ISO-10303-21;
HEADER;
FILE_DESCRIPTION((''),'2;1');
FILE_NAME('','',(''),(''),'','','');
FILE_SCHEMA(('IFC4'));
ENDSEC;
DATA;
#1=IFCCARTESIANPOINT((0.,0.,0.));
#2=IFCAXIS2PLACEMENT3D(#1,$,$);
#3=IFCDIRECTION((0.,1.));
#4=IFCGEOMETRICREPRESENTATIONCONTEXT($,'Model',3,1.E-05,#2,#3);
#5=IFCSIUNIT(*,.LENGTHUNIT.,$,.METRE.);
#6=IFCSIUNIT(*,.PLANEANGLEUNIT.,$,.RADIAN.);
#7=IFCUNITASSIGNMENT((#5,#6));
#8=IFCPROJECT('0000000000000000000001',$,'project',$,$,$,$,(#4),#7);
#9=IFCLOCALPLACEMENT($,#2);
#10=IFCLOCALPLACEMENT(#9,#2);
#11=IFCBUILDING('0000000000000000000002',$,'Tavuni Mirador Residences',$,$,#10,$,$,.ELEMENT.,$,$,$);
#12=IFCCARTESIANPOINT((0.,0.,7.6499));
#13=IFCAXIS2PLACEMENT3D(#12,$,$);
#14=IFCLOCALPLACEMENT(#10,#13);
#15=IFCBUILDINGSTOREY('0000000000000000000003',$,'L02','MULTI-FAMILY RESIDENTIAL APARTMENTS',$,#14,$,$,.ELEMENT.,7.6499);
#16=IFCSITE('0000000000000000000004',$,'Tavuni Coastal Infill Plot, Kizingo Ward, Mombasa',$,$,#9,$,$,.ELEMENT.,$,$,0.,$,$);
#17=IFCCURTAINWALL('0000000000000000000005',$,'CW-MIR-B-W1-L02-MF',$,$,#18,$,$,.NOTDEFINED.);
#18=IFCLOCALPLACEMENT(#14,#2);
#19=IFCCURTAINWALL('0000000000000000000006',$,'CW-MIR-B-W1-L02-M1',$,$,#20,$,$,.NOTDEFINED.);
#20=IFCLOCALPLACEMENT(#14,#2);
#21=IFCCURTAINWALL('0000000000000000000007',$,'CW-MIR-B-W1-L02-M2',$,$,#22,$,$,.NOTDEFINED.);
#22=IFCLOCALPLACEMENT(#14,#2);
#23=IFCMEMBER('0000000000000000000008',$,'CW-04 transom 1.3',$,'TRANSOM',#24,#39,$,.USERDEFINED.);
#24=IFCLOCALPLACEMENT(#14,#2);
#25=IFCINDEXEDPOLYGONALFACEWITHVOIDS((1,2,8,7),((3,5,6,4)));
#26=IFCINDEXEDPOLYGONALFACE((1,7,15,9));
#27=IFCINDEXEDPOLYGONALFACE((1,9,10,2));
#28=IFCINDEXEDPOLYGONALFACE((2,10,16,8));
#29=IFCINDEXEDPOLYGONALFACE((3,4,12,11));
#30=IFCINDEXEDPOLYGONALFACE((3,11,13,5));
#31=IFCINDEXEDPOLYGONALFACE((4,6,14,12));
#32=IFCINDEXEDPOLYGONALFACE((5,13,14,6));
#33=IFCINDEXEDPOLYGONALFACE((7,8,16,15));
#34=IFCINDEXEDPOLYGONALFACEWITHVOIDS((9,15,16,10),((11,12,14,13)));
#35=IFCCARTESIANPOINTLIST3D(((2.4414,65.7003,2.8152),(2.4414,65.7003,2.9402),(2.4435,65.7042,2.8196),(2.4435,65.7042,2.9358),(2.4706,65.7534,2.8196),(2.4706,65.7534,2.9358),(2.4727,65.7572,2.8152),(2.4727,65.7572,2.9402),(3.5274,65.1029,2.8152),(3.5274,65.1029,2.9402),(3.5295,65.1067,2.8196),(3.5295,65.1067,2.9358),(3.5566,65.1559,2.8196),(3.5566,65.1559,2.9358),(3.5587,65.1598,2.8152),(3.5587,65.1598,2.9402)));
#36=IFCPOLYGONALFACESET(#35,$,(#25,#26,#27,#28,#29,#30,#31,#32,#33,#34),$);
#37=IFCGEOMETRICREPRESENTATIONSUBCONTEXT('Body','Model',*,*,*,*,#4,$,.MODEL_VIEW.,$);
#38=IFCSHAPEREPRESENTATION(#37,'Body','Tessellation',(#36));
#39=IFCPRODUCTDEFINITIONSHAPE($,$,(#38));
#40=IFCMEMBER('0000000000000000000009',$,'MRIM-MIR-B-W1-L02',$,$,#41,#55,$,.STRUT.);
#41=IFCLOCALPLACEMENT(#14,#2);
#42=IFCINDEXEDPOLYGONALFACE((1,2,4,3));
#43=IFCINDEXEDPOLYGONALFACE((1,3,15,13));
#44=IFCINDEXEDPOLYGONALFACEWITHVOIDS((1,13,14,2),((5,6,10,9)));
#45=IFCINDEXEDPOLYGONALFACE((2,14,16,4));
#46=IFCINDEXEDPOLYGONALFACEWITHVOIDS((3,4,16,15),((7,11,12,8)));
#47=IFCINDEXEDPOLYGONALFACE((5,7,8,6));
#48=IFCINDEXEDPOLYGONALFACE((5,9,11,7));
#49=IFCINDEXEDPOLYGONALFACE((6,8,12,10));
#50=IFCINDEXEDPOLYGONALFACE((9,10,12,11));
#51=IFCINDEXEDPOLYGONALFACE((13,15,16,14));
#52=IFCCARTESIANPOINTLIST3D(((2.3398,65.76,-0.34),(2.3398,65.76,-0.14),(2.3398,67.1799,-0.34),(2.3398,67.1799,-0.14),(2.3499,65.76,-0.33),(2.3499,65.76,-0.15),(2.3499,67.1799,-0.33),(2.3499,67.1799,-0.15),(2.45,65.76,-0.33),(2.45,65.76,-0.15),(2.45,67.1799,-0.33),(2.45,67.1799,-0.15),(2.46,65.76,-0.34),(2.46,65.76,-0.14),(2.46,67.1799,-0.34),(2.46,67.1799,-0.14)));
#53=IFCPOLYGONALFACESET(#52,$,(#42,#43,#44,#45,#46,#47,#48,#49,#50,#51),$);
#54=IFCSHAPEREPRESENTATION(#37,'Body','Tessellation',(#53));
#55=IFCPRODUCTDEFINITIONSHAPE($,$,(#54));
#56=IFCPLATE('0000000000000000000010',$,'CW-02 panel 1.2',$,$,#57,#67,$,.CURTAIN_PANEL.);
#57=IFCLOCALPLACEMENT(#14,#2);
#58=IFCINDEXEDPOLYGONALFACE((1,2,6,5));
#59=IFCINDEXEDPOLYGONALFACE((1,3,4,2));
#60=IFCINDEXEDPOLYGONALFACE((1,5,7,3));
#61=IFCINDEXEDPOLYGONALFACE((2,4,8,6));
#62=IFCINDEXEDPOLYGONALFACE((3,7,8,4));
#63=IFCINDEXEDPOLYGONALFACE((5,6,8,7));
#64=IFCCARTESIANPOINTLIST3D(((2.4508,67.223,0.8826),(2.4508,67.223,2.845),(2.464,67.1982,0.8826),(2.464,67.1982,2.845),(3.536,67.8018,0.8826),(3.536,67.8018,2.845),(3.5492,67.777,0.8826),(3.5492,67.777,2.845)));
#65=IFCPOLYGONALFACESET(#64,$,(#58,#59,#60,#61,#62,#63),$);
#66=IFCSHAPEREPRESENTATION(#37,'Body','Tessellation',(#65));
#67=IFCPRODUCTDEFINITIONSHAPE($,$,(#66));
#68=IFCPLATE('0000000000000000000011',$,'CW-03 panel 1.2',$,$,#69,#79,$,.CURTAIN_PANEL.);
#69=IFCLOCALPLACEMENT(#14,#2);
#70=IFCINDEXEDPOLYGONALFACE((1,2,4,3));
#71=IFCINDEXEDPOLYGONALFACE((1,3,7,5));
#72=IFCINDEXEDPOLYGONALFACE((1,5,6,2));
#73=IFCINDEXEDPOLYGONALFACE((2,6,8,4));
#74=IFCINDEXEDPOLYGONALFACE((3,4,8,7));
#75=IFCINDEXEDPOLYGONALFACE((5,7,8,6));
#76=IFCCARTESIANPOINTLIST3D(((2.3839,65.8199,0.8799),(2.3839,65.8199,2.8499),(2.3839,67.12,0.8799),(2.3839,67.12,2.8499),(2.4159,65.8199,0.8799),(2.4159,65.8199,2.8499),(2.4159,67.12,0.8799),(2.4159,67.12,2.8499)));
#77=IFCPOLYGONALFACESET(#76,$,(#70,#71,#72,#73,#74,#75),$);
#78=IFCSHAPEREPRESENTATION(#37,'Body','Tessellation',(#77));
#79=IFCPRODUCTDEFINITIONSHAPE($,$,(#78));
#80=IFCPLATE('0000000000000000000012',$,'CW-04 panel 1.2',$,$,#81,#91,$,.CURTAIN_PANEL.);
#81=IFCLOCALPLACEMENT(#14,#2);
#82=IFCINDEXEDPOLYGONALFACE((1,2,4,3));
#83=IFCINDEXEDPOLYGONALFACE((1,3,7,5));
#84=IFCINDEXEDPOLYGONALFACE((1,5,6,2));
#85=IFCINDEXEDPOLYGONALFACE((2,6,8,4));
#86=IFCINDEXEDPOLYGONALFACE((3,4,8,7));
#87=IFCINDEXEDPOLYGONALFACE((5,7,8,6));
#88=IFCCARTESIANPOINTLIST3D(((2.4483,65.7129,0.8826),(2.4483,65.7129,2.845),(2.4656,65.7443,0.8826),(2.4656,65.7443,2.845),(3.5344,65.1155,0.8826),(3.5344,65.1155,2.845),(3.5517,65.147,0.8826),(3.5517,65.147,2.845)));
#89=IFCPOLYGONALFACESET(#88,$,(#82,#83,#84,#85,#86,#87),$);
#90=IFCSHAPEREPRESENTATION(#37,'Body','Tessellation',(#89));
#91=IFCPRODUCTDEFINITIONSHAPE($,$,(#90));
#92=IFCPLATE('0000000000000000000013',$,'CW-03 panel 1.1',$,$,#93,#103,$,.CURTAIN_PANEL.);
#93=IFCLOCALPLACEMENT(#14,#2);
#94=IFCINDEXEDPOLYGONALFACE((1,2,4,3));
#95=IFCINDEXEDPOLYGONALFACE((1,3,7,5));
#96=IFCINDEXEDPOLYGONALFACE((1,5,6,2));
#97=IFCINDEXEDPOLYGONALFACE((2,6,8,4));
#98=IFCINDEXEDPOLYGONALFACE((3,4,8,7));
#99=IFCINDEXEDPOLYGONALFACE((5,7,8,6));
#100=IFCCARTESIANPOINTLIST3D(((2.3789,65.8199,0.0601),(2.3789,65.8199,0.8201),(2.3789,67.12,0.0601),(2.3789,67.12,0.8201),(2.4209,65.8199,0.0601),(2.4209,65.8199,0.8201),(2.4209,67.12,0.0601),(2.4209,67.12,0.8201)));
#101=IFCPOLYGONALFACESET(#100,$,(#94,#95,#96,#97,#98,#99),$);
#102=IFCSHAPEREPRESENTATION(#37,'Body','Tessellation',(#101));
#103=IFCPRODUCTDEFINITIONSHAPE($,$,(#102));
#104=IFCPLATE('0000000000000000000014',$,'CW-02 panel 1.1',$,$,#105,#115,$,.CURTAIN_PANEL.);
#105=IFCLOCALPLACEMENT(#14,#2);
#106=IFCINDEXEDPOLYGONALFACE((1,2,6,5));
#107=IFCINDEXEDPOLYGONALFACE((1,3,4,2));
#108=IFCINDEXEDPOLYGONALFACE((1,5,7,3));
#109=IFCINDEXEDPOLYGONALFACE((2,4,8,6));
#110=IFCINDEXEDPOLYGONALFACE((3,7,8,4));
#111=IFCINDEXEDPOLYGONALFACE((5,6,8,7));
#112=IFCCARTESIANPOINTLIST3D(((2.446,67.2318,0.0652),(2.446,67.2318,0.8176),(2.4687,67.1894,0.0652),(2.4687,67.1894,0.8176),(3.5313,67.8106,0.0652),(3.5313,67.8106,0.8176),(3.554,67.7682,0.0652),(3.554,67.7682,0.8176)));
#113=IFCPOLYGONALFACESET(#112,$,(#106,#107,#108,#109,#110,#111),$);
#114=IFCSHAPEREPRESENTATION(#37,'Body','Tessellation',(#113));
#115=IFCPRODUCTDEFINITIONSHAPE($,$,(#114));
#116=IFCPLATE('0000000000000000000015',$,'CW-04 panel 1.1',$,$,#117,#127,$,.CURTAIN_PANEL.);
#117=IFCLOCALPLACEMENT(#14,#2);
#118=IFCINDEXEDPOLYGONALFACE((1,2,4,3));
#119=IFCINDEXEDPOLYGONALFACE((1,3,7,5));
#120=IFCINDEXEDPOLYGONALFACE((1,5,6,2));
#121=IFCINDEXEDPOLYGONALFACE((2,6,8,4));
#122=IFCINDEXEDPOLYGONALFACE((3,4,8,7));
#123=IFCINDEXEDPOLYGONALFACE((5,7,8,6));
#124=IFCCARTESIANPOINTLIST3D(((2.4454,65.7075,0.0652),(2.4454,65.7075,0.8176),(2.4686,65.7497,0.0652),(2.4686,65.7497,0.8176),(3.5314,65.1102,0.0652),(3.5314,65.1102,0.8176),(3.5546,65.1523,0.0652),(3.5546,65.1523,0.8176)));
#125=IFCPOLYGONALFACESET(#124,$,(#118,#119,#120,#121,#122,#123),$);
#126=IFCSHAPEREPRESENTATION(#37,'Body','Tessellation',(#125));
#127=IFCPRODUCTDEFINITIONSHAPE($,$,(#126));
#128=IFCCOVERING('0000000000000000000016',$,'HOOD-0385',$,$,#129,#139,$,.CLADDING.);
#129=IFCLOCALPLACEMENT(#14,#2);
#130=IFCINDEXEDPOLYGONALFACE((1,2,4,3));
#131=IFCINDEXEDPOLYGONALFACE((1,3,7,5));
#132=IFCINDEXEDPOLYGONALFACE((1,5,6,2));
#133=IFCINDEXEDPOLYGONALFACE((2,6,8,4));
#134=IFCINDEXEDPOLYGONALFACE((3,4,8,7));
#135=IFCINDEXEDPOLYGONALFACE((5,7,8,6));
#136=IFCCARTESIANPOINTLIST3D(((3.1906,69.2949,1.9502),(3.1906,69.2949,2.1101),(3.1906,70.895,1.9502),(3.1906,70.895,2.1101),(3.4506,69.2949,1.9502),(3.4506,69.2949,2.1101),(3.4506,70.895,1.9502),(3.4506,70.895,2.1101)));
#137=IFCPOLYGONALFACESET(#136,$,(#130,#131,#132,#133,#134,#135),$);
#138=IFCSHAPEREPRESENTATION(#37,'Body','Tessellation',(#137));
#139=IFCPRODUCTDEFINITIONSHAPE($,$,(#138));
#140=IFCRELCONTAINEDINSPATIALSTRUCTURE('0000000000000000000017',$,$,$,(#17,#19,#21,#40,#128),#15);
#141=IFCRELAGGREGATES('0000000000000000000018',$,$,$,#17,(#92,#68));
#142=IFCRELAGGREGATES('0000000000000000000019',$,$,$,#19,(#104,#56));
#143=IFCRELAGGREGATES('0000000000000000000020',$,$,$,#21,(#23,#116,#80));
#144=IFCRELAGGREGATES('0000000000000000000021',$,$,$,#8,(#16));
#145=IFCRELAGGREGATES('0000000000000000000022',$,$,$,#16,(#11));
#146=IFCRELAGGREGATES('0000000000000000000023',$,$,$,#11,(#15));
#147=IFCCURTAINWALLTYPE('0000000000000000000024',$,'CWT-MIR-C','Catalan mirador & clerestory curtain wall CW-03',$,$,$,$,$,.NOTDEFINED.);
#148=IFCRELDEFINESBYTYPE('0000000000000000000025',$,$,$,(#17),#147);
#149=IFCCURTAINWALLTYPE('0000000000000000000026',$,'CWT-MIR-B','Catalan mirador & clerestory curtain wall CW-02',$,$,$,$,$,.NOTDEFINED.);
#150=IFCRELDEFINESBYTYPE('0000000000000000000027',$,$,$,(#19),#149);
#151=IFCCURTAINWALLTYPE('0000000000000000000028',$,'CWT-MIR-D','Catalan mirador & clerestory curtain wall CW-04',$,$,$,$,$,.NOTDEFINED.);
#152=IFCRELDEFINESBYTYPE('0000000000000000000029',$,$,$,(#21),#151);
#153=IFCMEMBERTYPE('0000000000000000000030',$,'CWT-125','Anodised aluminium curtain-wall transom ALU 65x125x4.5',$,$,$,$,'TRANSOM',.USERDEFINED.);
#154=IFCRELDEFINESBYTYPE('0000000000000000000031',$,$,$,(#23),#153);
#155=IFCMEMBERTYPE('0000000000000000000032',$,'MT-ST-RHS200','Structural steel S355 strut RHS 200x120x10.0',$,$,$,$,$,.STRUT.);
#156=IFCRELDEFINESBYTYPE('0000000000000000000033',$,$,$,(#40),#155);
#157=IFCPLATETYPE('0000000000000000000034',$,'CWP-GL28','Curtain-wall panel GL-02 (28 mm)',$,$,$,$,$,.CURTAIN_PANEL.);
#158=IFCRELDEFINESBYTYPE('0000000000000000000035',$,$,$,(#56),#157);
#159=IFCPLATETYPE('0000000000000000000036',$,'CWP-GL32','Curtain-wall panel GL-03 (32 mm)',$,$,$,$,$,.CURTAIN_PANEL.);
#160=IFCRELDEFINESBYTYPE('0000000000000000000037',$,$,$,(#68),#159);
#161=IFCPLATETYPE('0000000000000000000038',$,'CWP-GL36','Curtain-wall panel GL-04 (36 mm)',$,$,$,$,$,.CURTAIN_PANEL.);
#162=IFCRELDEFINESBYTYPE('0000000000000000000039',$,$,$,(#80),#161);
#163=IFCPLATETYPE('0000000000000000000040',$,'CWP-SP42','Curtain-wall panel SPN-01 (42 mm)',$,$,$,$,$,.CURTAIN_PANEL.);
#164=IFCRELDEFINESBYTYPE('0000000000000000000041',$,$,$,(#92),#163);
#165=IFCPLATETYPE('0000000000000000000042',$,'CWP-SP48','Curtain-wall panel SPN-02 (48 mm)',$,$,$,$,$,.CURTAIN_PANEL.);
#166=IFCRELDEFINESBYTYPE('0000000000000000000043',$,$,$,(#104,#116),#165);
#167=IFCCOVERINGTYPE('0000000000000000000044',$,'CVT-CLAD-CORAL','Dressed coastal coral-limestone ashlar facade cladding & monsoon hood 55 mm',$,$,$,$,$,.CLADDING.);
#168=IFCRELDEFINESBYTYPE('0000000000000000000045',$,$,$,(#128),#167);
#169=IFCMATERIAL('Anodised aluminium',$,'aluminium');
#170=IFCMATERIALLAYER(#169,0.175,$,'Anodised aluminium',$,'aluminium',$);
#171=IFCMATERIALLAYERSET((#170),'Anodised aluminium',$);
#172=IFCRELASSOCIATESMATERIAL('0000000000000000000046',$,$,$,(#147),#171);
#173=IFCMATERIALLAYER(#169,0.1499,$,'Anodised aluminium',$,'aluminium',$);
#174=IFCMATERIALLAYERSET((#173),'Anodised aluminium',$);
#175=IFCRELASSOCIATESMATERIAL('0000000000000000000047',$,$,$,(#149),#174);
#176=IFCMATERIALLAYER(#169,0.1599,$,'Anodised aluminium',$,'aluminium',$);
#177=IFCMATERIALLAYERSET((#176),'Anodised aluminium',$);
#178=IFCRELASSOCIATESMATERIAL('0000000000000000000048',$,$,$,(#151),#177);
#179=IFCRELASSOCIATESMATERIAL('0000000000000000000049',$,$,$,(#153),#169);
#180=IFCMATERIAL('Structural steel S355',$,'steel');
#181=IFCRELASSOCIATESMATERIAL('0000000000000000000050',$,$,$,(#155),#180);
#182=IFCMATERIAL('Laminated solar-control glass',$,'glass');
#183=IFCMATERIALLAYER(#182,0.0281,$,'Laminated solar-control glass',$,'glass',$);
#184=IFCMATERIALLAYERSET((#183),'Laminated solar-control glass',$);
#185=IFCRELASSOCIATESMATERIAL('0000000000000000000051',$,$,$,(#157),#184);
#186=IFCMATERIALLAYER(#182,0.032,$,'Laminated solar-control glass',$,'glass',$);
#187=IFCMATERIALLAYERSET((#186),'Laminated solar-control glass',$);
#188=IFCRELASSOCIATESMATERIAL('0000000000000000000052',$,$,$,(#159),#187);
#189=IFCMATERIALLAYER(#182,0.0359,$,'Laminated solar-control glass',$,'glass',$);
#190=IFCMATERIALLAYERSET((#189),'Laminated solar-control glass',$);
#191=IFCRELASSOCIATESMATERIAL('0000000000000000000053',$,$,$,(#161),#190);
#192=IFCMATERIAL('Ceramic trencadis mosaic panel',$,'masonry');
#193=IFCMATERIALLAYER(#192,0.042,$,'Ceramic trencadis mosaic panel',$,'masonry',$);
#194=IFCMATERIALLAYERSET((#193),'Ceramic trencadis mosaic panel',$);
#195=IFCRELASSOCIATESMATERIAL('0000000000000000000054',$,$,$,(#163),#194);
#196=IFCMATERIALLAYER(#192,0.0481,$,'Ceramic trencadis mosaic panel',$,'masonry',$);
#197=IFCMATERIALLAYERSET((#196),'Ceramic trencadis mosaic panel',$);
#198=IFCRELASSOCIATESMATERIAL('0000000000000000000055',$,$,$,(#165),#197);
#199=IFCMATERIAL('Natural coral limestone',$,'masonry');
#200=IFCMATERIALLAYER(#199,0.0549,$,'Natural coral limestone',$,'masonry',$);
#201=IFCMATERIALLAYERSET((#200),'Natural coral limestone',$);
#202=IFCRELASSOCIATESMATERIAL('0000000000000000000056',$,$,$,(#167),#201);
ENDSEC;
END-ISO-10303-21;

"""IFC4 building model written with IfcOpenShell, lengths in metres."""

from ifc_helpers import new_model, si_unit, direction, frame, origin, origin_2d, place, context, subcontext, project, spatial, rectangle, hollow_rectangle, extrude, material, layer, layer_set, material_profile, profile_set, type_object, element, aggregate, save


model = new_model("IFC4")

# Units and contexts
model_context = context("Model", 3, precision=1e-05, world=origin(), true_north=direction((0.0, 1.0)))
body_context = subcontext(model_context, "Body", "Model", "MODEL_VIEW")
ifc_project = project(units=[si_unit("LENGTHUNIT", "METRE"), si_unit("PLANEANGLEUNIT", "RADIAN")], contexts=[model_context])

# Site, building, storey
site_placement = place(None, origin())
site = spatial("IfcSite", under=ifc_project, at=site_placement, Name="Tavuni Coastal Infill Plot, Kizingo Ward, Mombasa", CompositionType="ELEMENT", RefElevation=0.0)
building_placement = place(site_placement, origin())
building = spatial("IfcBuilding", under=site, at=building_placement, Name="Tavuni Mirador Residences", CompositionType="ELEMENT")
storey_placement = place(building_placement, frame((0.0, 0.0, 7.6499)))
storey = spatial("IfcBuildingStorey", under=building, at=storey_placement, Name="L02", Description="MULTI-FAMILY RESIDENTIAL APARTMENTS", CompositionType="ELEMENT", Elevation=7.6499)

# Curtain wall
ifc_material_1 = material(Name="Anodised aluminium", Category="aluminium")
ifc_layer_1 = layer(ifc_material_1, 0.175, Name="Anodised aluminium", Category="aluminium")
ifc_layer_set_1 = layer_set([ifc_layer_1], Name="Anodised aluminium")
curtain_wall_type_1 = type_object("IfcCurtainWallType", Name="CWT-MIR-C", Description="Catalan mirador & clerestory curtain wall CW-03", PredefinedType="NOTDEFINED", material=ifc_layer_set_1)
curtain_wall_1_placement = place(storey_placement, origin())
curtain_wall_1 = element("IfcCurtainWall", 1, at=curtain_wall_1_placement, inside=storey, type_object=curtain_wall_type_1, Name="CW-MIR-B-W1-L02-MF", PredefinedType="NOTDEFINED")

# Curtain walls
ifc_layer_2 = layer(ifc_material_1, 0.1499, Name="Anodised aluminium", Category="aluminium")
ifc_layer_set_2 = layer_set([ifc_layer_2], Name="Anodised aluminium")
curtain_wall_type_2 = type_object("IfcCurtainWallType", Name="CWT-MIR-B", Description="Catalan mirador & clerestory curtain wall CW-02", PredefinedType="NOTDEFINED", material=ifc_layer_set_2)
curtain_wall_2_placement = place(storey_placement, origin())
curtain_wall_2 = element("IfcCurtainWall", 2, at=curtain_wall_2_placement, inside=storey, type_object=curtain_wall_type_2, Name="CW-MIR-B-W1-L02-M1", PredefinedType="NOTDEFINED")
ifc_layer_3 = layer(ifc_material_1, 0.1599, Name="Anodised aluminium", Category="aluminium")
ifc_layer_set_3 = layer_set([ifc_layer_3], Name="Anodised aluminium")
curtain_wall_type_3 = type_object("IfcCurtainWallType", Name="CWT-MIR-D", Description="Catalan mirador & clerestory curtain wall CW-04", PredefinedType="NOTDEFINED", material=ifc_layer_set_3)
curtain_wall_3_placement = place(storey_placement, origin())
curtain_wall_3 = element("IfcCurtainWall", 3, at=curtain_wall_3_placement, inside=storey, type_object=curtain_wall_type_3, Name="CW-MIR-B-W1-L02-M2", PredefinedType="NOTDEFINED")

# Members
ifc_material_profile_1 = material_profile(ifc_material_1, hollow_rectangle(XDim=0.0649, YDim=0.125, WallThickness=0.0044, at=origin_2d()), Name="ALU 65x125x4.5", Category="aluminium")
ifc_profile_set_1 = profile_set([ifc_material_profile_1], Name="Anodised aluminium")
member_type_1 = type_object("IfcMemberType", Name="CWT-125", Description="Anodised aluminium curtain-wall transom ALU 65x125x4.5", ElementType="TRANSOM", PredefinedType="USERDEFINED", material=ifc_profile_set_1)
member_1_placement = place(storey_placement, frame((2.457, 65.7288, 2.8777), z_axis=(0.876166, -0.482009, 0.0), x_axis=(0.482009, 0.876166, 0.0)))
member_1 = element("IfcMember", 4, at=member_1_placement, type_object=member_type_1, Name="CW-04 transom 1.3", ObjectType="TRANSOM", PredefinedType="USERDEFINED", context=body_context, shape_type="SweptSolid", body=[
    extrude(hollow_rectangle(XDim=0.0649, YDim=0.125, WallThickness=0.0044, at=origin_2d()), origin(), (0.0, 0.0, 1.0), 1.2395),
])
ifc_material_2 = material(Name="Structural steel S355", Category="steel")
ifc_material_profile_2 = material_profile(ifc_material_2, hollow_rectangle(XDim=0.1201, YDim=0.2, WallThickness=0.01, at=origin_2d()), Name="RHS 200x120x10.0", Category="steel")
ifc_profile_set_2 = profile_set([ifc_material_profile_2], Name="Structural steel S355")
member_type_2 = type_object("IfcMemberType", Name="MT-ST-RHS200", Description="Structural steel S355 strut RHS 200x120x10.0", PredefinedType="STRUT", material=ifc_profile_set_2)
member_2_placement = place(storey_placement, frame((2.3999, 65.76, -0.24), z_axis=(0.0, 1.0, 0.0), x_axis=(-1.0, 0.0, 0.0)))
element("IfcMember", 5, at=member_2_placement, inside=storey, type_object=member_type_2, Name="MRIM-MIR-B-W1-L02", PredefinedType="STRUT", context=body_context, shape_type="SweptSolid", body=[
    extrude(hollow_rectangle(XDim=0.1201, YDim=0.2, WallThickness=0.01, at=origin_2d()), origin(), (0.0, 0.0, 1.0), 1.4199),
])

# Plates
ifc_material_3 = material(Name="Laminated solar-control glass", Category="glass")
ifc_layer_4 = layer(ifc_material_3, 0.0281, Name="Laminated solar-control glass", Category="glass")
ifc_layer_set_4 = layer_set([ifc_layer_4], Name="Laminated solar-control glass")
plate_type_1 = type_object("IfcPlateType", Name="CWP-GL28", Description="Curtain-wall panel GL-02 (28 mm)", PredefinedType="CURTAIN_PANEL", material=ifc_layer_set_4)
plate_1_placement = place(storey_placement, frame((3.0, 67.5, 0.8826), z_axis=(0.0, 0.0, 1.0), x_axis=(-0.882353, -0.470588, 0.0)))
plate_1 = element("IfcPlate", 6, at=plate_1_placement, type_object=plate_type_1, Name="CW-02 panel 1.2", PredefinedType="CURTAIN_PANEL", context=body_context, shape_type="SweptSolid", body=[
    extrude(rectangle(XDim=1.23, YDim=0.0281, at=origin_2d()), origin(), (0.0, 0.0, 1.0), 1.9624),
])
ifc_layer_5 = layer(ifc_material_3, 0.032, Name="Laminated solar-control glass", Category="glass")
ifc_layer_set_5 = layer_set([ifc_layer_5], Name="Laminated solar-control glass")
plate_type_2 = type_object("IfcPlateType", Name="CWP-GL32", Description="Curtain-wall panel GL-03 (32 mm)", PredefinedType="CURTAIN_PANEL", material=ifc_layer_set_5)
plate_2_placement = place(storey_placement, frame((2.3999, 66.47, 0.8799), z_axis=(0.0, 0.0, 1.0), x_axis=(0.0, -1.0, 0.0)))
plate_2 = element("IfcPlate", 7, at=plate_2_placement, type_object=plate_type_2, Name="CW-03 panel 1.2", PredefinedType="CURTAIN_PANEL", context=body_context, shape_type="SweptSolid", body=[
    extrude(rectangle(XDim=1.3, YDim=0.032, at=origin_2d()), origin(), (0.0, 0.0, 1.0), 1.97),
])
ifc_layer_6 = layer(ifc_material_3, 0.0359, Name="Laminated solar-control glass", Category="glass")
ifc_layer_set_6 = layer_set([ifc_layer_6], Name="Laminated solar-control glass")
plate_type_3 = type_object("IfcPlateType", Name="CWP-GL36", Description="Curtain-wall panel GL-04 (36 mm)", PredefinedType="CURTAIN_PANEL", material=ifc_layer_set_6)
plate_3_placement = place(storey_placement, frame((3.0, 65.4299, 0.8826), z_axis=(0.0, 0.0, 1.0), x_axis=(0.876216, -0.481919, 0.0)))
plate_3 = element("IfcPlate", 8, at=plate_3_placement, type_object=plate_type_3, Name="CW-04 panel 1.2", PredefinedType="CURTAIN_PANEL", context=body_context, shape_type="SweptSolid", body=[
    extrude(rectangle(XDim=1.2395, YDim=0.0359, at=origin_2d()), origin(), (0.0, 0.0, 1.0), 1.9624),
])
ifc_material_4 = material(Name="Ceramic trencadis mosaic panel", Category="masonry")
ifc_layer_7 = layer(ifc_material_4, 0.042, Name="Ceramic trencadis mosaic panel", Category="masonry")
ifc_layer_set_7 = layer_set([ifc_layer_7], Name="Ceramic trencadis mosaic panel")
plate_type_4 = type_object("IfcPlateType", Name="CWP-SP42", Description="Curtain-wall panel SPN-01 (42 mm)", PredefinedType="CURTAIN_PANEL", material=ifc_layer_set_7)
plate_4_placement = place(storey_placement, frame((2.3999, 66.47, 0.0601), z_axis=(0.0, 0.0, 1.0), x_axis=(0.0, -1.0, 0.0)))
plate_4 = element("IfcPlate", 9, at=plate_4_placement, type_object=plate_type_4, Name="CW-03 panel 1.1", PredefinedType="CURTAIN_PANEL", context=body_context, shape_type="SweptSolid", body=[
    extrude(rectangle(XDim=1.3, YDim=0.042, at=origin_2d()), origin(), (0.0, 0.0, 1.0), 0.76),
])
aggregate(curtain_wall_1, [plate_4, plate_2])
ifc_layer_8 = layer(ifc_material_4, 0.0481, Name="Ceramic trencadis mosaic panel", Category="masonry")
ifc_layer_set_8 = layer_set([ifc_layer_8], Name="Ceramic trencadis mosaic panel")
plate_type_5 = type_object("IfcPlateType", Name="CWP-SP48", Description="Curtain-wall panel SPN-02 (48 mm)", PredefinedType="CURTAIN_PANEL", material=ifc_layer_set_8)
plate_5_placement = place(storey_placement, frame((3.0, 67.5, 0.0652), z_axis=(0.0, 0.0, 1.0), x_axis=(-0.882353, -0.470588, 0.0)))
plate_5 = element("IfcPlate", 10, at=plate_5_placement, type_object=plate_type_5, Name="CW-02 panel 1.1", PredefinedType="CURTAIN_PANEL", context=body_context, shape_type="SweptSolid", body=[
    extrude(rectangle(XDim=1.23, YDim=0.0481, at=origin_2d()), origin(), (0.0, 0.0, 1.0), 0.7524),
])
aggregate(curtain_wall_2, [plate_5, plate_1])
plate_6_placement = place(storey_placement, frame((3.0, 65.4299, 0.0652), z_axis=(0.0, 0.0, 1.0), x_axis=(0.876216, -0.481919, 0.0)))
plate_6 = element("IfcPlate", 11, at=plate_6_placement, type_object=plate_type_5, Name="CW-04 panel 1.1", PredefinedType="CURTAIN_PANEL", context=body_context, shape_type="SweptSolid", body=[
    extrude(rectangle(XDim=1.2395, YDim=0.0481, at=origin_2d()), origin(), (0.0, 0.0, 1.0), 0.7524),
])
aggregate(curtain_wall_3, [member_1, plate_6, plate_3])

# Covering
ifc_material_5 = material(Name="Natural coral limestone", Category="masonry")
ifc_layer_9 = layer(ifc_material_5, 0.0549, Name="Natural coral limestone", Category="masonry")
ifc_layer_set_9 = layer_set([ifc_layer_9], Name="Natural coral limestone")
covering_type = type_object("IfcCoveringType", Name="CVT-CLAD-CORAL", Description="Dressed coastal coral-limestone ashlar facade cladding & monsoon hood 55 mm", PredefinedType="CLADDING", material=ifc_layer_set_9)
covering_placement = place(storey_placement, frame((3.3206, 70.095, 1.9502), z_axis=(0.0, 0.0, 1.0), x_axis=(0.0, -1.0, 0.0)))
element("IfcCovering", 12, at=covering_placement, inside=storey, type_object=covering_type, Name="HOOD-0385", PredefinedType="CLADDING", context=body_context, shape_type="SweptSolid", body=[
    extrude(rectangle(XDim=1.6001, YDim=0.26, at=origin_2d()), origin(), (0.0, 0.0, 1.0), 0.1599),
])

save(model, "model.ifc")
